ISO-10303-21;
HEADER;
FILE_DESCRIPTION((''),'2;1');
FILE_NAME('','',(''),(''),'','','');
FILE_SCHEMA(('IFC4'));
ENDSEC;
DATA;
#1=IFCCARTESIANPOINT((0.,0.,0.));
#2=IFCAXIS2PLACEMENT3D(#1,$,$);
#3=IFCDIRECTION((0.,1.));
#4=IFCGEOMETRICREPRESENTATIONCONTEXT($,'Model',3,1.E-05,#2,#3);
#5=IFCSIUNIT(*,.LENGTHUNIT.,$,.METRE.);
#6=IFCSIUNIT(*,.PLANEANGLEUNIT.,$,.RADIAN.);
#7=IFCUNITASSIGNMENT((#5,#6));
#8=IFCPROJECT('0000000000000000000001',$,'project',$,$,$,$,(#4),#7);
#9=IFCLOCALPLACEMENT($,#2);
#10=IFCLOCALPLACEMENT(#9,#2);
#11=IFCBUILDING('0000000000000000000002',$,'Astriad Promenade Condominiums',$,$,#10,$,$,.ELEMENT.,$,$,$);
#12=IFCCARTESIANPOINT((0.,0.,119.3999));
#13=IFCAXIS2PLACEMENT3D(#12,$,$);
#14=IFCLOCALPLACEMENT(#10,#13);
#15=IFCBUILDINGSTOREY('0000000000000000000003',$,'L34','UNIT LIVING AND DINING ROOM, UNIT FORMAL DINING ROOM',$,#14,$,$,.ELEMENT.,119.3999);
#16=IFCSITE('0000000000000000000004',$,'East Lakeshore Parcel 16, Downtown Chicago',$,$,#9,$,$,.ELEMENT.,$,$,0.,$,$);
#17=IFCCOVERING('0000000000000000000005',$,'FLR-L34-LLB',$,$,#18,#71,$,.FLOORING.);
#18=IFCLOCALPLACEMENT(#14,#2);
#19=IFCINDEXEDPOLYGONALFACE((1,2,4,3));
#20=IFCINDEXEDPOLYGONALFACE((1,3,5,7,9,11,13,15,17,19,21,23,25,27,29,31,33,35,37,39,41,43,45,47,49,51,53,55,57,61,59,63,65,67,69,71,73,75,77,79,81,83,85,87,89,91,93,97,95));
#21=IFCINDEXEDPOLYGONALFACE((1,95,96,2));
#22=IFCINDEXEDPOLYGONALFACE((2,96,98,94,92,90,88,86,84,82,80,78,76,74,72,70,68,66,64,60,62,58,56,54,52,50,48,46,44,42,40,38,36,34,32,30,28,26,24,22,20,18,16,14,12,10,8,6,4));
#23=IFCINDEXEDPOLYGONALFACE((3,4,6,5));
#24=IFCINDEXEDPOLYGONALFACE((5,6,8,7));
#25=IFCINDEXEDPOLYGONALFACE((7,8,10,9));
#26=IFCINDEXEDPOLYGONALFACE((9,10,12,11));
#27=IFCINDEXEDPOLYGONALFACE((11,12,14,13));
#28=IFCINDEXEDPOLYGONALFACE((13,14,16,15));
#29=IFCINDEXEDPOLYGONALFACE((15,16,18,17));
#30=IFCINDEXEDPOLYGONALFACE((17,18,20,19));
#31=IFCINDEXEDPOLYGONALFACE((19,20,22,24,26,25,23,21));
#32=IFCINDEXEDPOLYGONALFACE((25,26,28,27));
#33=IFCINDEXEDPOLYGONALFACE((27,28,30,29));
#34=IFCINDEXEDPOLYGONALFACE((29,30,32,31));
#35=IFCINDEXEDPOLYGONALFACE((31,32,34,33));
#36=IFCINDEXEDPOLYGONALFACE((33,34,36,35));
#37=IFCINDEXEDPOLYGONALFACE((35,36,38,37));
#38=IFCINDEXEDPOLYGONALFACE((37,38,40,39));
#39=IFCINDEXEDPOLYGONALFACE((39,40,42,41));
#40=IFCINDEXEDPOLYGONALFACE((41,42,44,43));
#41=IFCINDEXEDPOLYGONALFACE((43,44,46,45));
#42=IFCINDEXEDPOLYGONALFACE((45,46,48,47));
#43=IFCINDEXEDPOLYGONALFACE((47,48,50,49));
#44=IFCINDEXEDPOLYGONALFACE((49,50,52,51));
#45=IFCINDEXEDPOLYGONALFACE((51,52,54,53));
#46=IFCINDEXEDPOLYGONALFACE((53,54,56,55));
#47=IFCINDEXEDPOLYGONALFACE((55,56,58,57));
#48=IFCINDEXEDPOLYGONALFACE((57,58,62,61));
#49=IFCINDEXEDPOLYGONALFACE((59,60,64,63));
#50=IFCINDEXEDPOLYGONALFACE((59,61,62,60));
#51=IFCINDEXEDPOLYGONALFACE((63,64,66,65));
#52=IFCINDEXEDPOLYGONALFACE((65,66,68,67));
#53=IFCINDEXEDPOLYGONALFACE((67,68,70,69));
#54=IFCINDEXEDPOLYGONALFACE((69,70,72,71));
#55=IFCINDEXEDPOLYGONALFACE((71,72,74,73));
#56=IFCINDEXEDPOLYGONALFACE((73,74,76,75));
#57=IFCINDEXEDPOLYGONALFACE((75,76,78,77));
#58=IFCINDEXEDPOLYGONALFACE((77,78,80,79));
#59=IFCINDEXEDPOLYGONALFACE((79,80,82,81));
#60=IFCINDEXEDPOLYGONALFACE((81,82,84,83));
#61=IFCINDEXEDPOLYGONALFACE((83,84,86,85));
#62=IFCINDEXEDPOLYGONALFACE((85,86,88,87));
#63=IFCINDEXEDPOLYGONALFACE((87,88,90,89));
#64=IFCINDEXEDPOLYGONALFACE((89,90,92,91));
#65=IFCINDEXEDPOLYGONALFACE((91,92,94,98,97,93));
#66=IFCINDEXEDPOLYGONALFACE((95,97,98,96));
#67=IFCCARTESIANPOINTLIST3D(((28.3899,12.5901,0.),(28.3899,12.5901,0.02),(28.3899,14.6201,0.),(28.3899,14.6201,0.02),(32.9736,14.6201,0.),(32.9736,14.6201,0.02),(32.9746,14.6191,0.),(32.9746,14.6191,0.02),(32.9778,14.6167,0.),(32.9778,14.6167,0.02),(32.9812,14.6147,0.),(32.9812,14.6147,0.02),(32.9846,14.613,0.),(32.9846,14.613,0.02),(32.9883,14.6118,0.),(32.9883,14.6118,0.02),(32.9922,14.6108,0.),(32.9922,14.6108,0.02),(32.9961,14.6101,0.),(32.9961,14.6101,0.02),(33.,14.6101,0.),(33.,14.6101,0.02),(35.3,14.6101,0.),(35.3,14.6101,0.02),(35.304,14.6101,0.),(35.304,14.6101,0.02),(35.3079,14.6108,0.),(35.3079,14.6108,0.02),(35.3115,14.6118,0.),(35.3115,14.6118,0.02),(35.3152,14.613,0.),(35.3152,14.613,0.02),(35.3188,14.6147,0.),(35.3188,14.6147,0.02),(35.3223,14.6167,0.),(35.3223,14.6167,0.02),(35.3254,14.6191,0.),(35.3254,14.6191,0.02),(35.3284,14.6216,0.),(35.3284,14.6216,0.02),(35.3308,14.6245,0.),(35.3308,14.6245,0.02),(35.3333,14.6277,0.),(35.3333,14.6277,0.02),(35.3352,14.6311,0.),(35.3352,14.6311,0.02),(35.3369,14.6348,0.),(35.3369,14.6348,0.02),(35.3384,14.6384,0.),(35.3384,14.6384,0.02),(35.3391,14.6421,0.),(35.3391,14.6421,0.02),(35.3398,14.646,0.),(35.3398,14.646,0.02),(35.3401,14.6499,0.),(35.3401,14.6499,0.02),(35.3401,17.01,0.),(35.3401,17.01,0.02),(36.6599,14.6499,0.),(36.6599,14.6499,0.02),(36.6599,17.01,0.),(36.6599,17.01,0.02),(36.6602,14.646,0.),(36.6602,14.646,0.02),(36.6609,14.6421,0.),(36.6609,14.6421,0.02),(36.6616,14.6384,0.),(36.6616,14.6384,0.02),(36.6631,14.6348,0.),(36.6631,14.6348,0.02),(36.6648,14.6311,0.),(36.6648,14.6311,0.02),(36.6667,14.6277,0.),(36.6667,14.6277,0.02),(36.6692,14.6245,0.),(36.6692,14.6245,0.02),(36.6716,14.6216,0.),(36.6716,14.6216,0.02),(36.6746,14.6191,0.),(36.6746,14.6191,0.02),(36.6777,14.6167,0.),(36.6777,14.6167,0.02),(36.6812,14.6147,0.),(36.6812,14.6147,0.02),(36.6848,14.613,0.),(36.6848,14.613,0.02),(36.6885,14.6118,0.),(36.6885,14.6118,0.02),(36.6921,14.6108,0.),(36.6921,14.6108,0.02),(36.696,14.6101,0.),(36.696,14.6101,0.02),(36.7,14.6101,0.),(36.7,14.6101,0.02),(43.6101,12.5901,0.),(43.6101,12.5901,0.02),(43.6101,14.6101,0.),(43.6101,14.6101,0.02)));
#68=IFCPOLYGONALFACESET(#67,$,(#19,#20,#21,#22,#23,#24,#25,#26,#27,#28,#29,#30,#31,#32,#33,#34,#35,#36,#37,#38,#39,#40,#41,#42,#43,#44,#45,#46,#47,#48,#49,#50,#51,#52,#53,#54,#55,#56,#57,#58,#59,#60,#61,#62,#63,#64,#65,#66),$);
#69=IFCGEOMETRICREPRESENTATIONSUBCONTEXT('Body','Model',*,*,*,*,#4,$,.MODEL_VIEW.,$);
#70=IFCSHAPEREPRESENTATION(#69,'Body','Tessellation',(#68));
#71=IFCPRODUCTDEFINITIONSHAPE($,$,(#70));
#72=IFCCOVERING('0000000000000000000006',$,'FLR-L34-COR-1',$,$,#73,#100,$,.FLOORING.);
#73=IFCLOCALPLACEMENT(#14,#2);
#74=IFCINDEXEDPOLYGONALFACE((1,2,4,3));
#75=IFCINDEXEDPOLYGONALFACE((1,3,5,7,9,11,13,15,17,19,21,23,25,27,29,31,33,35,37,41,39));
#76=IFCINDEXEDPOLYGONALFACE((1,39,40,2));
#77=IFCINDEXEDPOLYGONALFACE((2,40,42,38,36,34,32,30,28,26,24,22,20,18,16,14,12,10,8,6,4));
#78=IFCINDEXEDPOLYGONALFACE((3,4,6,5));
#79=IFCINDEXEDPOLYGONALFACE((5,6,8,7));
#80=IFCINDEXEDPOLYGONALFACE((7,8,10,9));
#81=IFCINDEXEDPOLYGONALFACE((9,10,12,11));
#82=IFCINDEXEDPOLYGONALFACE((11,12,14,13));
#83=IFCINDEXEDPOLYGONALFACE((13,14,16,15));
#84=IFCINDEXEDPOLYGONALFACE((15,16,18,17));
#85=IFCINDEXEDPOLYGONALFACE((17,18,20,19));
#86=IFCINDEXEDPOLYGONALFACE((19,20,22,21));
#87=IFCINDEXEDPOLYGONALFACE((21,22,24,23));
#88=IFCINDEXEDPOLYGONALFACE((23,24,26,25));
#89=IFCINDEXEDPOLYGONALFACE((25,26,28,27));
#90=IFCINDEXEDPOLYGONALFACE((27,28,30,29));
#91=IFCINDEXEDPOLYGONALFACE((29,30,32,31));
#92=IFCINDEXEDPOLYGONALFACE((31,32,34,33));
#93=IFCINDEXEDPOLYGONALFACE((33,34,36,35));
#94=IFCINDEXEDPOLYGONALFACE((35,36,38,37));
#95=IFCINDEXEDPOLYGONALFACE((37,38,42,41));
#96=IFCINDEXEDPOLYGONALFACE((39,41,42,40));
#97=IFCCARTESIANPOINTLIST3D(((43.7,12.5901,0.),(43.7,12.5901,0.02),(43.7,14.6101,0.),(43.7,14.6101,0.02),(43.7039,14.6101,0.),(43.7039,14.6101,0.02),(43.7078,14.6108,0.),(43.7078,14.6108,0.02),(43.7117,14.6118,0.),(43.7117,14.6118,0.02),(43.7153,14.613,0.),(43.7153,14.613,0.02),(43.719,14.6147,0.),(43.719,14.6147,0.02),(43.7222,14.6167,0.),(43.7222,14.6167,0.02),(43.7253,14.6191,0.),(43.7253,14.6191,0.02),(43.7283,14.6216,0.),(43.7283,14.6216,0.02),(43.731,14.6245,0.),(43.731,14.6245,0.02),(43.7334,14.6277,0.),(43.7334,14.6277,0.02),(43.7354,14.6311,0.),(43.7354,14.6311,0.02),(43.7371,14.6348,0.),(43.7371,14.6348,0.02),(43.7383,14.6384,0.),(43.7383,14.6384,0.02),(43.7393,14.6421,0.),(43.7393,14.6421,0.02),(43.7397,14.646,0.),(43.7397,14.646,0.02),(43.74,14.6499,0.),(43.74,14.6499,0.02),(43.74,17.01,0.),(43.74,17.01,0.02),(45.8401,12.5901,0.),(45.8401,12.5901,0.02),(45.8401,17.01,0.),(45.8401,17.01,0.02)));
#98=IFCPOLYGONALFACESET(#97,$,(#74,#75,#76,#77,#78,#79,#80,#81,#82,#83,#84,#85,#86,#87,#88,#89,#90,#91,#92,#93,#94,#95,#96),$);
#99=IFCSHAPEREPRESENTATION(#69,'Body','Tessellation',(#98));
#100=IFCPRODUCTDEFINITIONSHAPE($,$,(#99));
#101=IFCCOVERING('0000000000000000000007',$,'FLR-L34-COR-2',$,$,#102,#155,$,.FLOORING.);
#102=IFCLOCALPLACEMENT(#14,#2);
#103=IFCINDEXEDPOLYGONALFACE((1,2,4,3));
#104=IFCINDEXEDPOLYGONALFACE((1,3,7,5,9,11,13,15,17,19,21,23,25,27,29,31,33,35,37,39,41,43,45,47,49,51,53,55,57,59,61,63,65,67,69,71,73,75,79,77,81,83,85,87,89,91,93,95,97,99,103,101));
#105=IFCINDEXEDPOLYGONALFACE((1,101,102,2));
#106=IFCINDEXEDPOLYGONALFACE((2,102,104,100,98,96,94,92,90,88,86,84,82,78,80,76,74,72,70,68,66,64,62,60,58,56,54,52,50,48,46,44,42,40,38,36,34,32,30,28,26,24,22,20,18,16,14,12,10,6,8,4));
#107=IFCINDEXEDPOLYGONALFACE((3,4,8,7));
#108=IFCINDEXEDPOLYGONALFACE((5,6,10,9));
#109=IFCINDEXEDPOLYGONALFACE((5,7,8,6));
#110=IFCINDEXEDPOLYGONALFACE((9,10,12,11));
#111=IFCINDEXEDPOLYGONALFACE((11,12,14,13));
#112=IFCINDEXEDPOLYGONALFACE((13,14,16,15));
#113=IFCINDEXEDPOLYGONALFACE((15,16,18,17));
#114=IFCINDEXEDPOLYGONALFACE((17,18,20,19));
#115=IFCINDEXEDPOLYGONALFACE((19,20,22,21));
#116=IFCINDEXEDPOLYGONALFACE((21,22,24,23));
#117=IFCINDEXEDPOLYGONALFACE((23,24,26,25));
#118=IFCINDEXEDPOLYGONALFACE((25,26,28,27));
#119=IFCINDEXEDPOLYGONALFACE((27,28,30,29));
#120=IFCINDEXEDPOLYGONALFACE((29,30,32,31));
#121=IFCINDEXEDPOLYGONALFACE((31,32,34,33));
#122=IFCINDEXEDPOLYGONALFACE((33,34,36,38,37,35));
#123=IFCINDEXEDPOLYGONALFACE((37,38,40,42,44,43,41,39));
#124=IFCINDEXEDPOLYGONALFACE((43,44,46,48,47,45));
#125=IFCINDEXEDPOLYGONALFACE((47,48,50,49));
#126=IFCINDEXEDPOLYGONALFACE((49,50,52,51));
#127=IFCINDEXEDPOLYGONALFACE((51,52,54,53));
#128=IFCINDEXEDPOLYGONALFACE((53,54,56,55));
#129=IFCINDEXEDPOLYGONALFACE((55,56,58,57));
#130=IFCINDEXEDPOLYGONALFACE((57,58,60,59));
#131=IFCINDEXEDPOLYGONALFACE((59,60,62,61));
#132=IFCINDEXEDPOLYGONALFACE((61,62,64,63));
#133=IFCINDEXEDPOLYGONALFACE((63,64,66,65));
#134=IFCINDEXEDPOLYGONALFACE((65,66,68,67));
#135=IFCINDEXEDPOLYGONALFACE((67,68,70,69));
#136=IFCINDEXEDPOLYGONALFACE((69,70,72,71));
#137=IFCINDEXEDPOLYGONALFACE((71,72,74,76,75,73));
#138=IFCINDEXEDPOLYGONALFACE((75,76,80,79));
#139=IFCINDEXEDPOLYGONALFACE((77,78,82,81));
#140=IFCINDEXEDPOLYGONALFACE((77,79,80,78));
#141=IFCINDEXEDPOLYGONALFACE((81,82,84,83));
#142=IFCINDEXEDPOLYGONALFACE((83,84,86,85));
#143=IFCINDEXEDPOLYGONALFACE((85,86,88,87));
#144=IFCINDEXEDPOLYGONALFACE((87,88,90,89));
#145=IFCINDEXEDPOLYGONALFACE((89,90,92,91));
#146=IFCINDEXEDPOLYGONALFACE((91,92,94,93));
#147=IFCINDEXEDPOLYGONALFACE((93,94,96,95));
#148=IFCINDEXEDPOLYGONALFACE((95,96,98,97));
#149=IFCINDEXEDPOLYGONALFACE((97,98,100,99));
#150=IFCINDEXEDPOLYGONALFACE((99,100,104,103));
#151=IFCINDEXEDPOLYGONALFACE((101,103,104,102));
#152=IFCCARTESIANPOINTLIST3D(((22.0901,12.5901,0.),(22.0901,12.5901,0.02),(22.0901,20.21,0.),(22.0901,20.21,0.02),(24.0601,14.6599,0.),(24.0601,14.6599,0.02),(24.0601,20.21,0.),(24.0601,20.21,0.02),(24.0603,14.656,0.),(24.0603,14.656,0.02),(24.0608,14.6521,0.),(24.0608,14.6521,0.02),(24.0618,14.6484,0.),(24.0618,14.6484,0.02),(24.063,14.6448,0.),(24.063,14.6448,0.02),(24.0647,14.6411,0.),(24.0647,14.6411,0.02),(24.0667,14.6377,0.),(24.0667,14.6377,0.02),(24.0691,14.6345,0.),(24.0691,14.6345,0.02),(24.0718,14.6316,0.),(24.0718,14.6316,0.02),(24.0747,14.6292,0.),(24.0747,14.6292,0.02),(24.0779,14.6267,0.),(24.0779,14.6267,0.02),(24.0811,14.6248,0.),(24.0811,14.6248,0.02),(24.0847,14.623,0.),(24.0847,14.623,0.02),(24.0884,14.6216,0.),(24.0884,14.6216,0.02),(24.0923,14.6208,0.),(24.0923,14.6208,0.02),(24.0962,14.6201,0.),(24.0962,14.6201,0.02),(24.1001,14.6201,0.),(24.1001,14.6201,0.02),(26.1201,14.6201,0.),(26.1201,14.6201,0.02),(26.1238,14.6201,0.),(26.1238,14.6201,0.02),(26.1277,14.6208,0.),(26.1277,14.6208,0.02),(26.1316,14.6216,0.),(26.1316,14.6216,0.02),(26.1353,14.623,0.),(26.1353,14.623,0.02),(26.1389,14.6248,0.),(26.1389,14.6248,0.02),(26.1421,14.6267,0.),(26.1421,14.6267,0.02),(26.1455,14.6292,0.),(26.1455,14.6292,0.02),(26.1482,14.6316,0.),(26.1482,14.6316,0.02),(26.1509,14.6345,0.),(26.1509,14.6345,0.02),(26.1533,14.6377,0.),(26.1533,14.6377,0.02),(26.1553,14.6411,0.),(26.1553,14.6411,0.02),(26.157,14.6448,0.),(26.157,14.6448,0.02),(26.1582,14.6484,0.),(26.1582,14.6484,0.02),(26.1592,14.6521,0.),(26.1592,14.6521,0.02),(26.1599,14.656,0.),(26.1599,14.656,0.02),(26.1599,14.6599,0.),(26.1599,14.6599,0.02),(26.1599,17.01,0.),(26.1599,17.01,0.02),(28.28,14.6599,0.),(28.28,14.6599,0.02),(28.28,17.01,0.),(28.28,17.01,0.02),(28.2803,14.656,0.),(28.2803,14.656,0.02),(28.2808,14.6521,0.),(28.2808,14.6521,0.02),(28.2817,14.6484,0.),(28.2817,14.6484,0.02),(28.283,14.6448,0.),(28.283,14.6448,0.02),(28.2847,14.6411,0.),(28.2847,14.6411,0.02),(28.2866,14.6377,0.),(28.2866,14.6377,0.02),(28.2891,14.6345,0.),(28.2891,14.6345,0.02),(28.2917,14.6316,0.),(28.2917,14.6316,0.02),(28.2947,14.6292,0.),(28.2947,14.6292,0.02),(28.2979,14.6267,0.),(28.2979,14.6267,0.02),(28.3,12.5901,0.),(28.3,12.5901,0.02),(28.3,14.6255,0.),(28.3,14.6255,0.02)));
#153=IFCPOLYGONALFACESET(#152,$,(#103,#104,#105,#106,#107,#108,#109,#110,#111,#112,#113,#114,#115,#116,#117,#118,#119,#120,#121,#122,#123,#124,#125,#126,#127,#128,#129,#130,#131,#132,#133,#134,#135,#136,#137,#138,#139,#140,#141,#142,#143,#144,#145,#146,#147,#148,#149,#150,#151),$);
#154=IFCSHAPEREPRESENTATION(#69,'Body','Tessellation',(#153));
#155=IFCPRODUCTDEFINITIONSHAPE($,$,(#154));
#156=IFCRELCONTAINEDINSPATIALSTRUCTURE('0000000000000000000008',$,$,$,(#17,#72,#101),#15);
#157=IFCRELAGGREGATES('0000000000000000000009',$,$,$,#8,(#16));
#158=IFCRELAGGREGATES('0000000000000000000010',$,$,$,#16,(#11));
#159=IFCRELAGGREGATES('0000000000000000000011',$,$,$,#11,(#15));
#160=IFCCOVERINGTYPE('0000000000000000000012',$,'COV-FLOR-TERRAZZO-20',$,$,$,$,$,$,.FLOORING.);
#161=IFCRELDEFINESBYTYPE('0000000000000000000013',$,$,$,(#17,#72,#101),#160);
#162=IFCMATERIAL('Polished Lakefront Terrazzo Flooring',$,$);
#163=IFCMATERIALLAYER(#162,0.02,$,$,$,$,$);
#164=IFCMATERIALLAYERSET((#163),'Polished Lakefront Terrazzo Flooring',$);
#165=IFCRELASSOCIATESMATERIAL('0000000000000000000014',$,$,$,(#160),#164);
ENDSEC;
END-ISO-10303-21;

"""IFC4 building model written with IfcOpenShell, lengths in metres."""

from ifc_helpers import new_model, si_unit, direction, frame, origin, place, context, subcontext, project, spatial, polyline, outline, extrude, material, layer, layer_set, type_object, element, save


model = new_model("IFC4")

# Units and contexts
model_context = context("Model", 3, precision=1e-05, world=origin(), true_north=direction((0.0, 1.0)))
body_context = subcontext(model_context, "Body", "Model", "MODEL_VIEW")
ifc_project = project(units=[si_unit("LENGTHUNIT", "METRE"), si_unit("PLANEANGLEUNIT", "RADIAN")], contexts=[model_context])

# Site, building, storey
site_placement = place(None, origin())
site = spatial("IfcSite", under=ifc_project, at=site_placement, Name="East Lakeshore Parcel 16, Downtown Chicago", CompositionType="ELEMENT", RefElevation=0.0)
building_placement = place(site_placement, origin())
building = spatial("IfcBuilding", under=site, at=building_placement, Name="Astriad Promenade Condominiums", CompositionType="ELEMENT")
storey_placement = place(building_placement, frame((0.0, 0.0, 119.3999)))
storey = spatial("IfcBuildingStorey", under=building, at=storey_placement, Name="L34", Description="UNIT LIVING AND DINING ROOM, UNIT FORMAL DINING ROOM", CompositionType="ELEMENT", Elevation=119.3999)

# Coverings
ifc_material_1 = material(Name="Polished Lakefront Terrazzo Flooring")
ifc_layer_1 = layer(ifc_material_1, 0.02)
ifc_layer_set_1 = layer_set([ifc_layer_1], Name="Polished Lakefront Terrazzo Flooring")
covering_type_1 = type_object("IfcCoveringType", Name="COV-FLOR-TERRAZZO-20", PredefinedType="FLOORING", material=ifc_layer_set_1)
covering_1_placement = place(storey_placement, origin())
element("IfcCovering", 1, at=covering_1_placement, inside=storey, type_object=covering_type_1, Name="FLR-L34-LLB", PredefinedType="FLOORING", context=body_context, shape_type="SweptSolid", body=[
    extrude(outline(polyline([(32.9736, 14.6201), (32.9746, 14.6191), (32.9778, 14.6167), (32.9812, 14.6147), (32.9846, 14.613), (32.9883, 14.6118), (32.9922, 14.6108), (32.9961, 14.6101), (33.0, 14.6101), (35.3, 14.6101), (35.304, 14.6101), (35.3079, 14.6108), (35.3115, 14.6118), (35.3152, 14.613), (35.3188, 14.6147), (35.3223, 14.6167), (35.3254, 14.6191), (35.3284, 14.6216), (35.3308, 14.6245), (35.3333, 14.6277), (35.3352, 14.6311), (35.3369, 14.6348), (35.3384, 14.6384), (35.3391, 14.6421), (35.3398, 14.646), (35.3401, 14.6499), (35.3401, 17.01), (36.6599, 17.01), (36.6599, 14.6499), (36.6602, 14.646), (36.6609, 14.6421), (36.6616, 14.6384), (36.6631, 14.6348), (36.6648, 14.6311), (36.6667, 14.6277), (36.6692, 14.6245), (36.6716, 14.6216), (36.6746, 14.6191), (36.6777, 14.6167), (36.6812, 14.6147), (36.6848, 14.613), (36.6885, 14.6118), (36.6921, 14.6108), (36.696, 14.6101), (36.7, 14.6101), (43.6101, 14.6101), (43.6101, 12.5901), (28.3899, 12.5901), (28.3899, 14.6201), (32.9736, 14.6201)])), origin(), (0.0, 0.0, 1.0), 0.02),
])
covering_2_placement = place(storey_placement, origin())
element("IfcCovering", 2, at=covering_2_placement, inside=storey, type_object=covering_type_1, Name="FLR-L34-COR-1", PredefinedType="FLOORING", context=body_context, shape_type="SweptSolid", body=[
    extrude(outline(polyline([(43.7, 12.5901), (43.7, 14.6101), (43.7039, 14.6101), (43.7078, 14.6108), (43.7117, 14.6118), (43.7153, 14.613), (43.719, 14.6147), (43.7222, 14.6167), (43.7253, 14.6191), (43.7283, 14.6216), (43.731, 14.6245), (43.7334, 14.6277), (43.7354, 14.6311), (43.7371, 14.6348), (43.7383, 14.6384), (43.7393, 14.6421), (43.7397, 14.646), (43.74, 14.6499), (43.74, 17.01), (45.8401, 17.01), (45.8401, 12.5901), (43.7, 12.5901)])), origin(), (0.0, 0.0, 1.0), 0.02),
])
covering_3_placement = place(storey_placement, origin())
element("IfcCovering", 3, at=covering_3_placement, inside=storey, type_object=covering_type_1, Name="FLR-L34-COR-2", PredefinedType="FLOORING", context=body_context, shape_type="SweptSolid", body=[
    extrude(outline(polyline([(28.3, 12.5901), (22.0901, 12.5901), (22.0901, 20.21), (24.0601, 20.21), (24.0601, 14.6599), (24.0603, 14.656), (24.0608, 14.6521), (24.0618, 14.6484), (24.063, 14.6448), (24.0647, 14.6411), (24.0667, 14.6377), (24.0691, 14.6345), (24.0718, 14.6316), (24.0747, 14.6292), (24.0779, 14.6267), (24.0811, 14.6248), (24.0847, 14.623), (24.0884, 14.6216), (24.0923, 14.6208), (24.0962, 14.6201), (24.1001, 14.6201), (26.1201, 14.6201), (26.1238, 14.6201), (26.1277, 14.6208), (26.1316, 14.6216), (26.1353, 14.623), (26.1389, 14.6248), (26.1421, 14.6267), (26.1455, 14.6292), (26.1482, 14.6316), (26.1509, 14.6345), (26.1533, 14.6377), (26.1553, 14.6411), (26.157, 14.6448), (26.1582, 14.6484), (26.1592, 14.6521), (26.1599, 14.656), (26.1599, 14.6599), (26.1599, 17.01), (28.28, 17.01), (28.28, 14.6599), (28.2803, 14.656), (28.2808, 14.6521), (28.2817, 14.6484), (28.283, 14.6448), (28.2847, 14.6411), (28.2866, 14.6377), (28.2891, 14.6345), (28.2917, 14.6316), (28.2947, 14.6292), (28.2979, 14.6267), (28.3, 14.6255), (28.3, 12.5901)])), origin(), (0.0, 0.0, 1.0), 0.02),
])

save(model, "model.ifc")
